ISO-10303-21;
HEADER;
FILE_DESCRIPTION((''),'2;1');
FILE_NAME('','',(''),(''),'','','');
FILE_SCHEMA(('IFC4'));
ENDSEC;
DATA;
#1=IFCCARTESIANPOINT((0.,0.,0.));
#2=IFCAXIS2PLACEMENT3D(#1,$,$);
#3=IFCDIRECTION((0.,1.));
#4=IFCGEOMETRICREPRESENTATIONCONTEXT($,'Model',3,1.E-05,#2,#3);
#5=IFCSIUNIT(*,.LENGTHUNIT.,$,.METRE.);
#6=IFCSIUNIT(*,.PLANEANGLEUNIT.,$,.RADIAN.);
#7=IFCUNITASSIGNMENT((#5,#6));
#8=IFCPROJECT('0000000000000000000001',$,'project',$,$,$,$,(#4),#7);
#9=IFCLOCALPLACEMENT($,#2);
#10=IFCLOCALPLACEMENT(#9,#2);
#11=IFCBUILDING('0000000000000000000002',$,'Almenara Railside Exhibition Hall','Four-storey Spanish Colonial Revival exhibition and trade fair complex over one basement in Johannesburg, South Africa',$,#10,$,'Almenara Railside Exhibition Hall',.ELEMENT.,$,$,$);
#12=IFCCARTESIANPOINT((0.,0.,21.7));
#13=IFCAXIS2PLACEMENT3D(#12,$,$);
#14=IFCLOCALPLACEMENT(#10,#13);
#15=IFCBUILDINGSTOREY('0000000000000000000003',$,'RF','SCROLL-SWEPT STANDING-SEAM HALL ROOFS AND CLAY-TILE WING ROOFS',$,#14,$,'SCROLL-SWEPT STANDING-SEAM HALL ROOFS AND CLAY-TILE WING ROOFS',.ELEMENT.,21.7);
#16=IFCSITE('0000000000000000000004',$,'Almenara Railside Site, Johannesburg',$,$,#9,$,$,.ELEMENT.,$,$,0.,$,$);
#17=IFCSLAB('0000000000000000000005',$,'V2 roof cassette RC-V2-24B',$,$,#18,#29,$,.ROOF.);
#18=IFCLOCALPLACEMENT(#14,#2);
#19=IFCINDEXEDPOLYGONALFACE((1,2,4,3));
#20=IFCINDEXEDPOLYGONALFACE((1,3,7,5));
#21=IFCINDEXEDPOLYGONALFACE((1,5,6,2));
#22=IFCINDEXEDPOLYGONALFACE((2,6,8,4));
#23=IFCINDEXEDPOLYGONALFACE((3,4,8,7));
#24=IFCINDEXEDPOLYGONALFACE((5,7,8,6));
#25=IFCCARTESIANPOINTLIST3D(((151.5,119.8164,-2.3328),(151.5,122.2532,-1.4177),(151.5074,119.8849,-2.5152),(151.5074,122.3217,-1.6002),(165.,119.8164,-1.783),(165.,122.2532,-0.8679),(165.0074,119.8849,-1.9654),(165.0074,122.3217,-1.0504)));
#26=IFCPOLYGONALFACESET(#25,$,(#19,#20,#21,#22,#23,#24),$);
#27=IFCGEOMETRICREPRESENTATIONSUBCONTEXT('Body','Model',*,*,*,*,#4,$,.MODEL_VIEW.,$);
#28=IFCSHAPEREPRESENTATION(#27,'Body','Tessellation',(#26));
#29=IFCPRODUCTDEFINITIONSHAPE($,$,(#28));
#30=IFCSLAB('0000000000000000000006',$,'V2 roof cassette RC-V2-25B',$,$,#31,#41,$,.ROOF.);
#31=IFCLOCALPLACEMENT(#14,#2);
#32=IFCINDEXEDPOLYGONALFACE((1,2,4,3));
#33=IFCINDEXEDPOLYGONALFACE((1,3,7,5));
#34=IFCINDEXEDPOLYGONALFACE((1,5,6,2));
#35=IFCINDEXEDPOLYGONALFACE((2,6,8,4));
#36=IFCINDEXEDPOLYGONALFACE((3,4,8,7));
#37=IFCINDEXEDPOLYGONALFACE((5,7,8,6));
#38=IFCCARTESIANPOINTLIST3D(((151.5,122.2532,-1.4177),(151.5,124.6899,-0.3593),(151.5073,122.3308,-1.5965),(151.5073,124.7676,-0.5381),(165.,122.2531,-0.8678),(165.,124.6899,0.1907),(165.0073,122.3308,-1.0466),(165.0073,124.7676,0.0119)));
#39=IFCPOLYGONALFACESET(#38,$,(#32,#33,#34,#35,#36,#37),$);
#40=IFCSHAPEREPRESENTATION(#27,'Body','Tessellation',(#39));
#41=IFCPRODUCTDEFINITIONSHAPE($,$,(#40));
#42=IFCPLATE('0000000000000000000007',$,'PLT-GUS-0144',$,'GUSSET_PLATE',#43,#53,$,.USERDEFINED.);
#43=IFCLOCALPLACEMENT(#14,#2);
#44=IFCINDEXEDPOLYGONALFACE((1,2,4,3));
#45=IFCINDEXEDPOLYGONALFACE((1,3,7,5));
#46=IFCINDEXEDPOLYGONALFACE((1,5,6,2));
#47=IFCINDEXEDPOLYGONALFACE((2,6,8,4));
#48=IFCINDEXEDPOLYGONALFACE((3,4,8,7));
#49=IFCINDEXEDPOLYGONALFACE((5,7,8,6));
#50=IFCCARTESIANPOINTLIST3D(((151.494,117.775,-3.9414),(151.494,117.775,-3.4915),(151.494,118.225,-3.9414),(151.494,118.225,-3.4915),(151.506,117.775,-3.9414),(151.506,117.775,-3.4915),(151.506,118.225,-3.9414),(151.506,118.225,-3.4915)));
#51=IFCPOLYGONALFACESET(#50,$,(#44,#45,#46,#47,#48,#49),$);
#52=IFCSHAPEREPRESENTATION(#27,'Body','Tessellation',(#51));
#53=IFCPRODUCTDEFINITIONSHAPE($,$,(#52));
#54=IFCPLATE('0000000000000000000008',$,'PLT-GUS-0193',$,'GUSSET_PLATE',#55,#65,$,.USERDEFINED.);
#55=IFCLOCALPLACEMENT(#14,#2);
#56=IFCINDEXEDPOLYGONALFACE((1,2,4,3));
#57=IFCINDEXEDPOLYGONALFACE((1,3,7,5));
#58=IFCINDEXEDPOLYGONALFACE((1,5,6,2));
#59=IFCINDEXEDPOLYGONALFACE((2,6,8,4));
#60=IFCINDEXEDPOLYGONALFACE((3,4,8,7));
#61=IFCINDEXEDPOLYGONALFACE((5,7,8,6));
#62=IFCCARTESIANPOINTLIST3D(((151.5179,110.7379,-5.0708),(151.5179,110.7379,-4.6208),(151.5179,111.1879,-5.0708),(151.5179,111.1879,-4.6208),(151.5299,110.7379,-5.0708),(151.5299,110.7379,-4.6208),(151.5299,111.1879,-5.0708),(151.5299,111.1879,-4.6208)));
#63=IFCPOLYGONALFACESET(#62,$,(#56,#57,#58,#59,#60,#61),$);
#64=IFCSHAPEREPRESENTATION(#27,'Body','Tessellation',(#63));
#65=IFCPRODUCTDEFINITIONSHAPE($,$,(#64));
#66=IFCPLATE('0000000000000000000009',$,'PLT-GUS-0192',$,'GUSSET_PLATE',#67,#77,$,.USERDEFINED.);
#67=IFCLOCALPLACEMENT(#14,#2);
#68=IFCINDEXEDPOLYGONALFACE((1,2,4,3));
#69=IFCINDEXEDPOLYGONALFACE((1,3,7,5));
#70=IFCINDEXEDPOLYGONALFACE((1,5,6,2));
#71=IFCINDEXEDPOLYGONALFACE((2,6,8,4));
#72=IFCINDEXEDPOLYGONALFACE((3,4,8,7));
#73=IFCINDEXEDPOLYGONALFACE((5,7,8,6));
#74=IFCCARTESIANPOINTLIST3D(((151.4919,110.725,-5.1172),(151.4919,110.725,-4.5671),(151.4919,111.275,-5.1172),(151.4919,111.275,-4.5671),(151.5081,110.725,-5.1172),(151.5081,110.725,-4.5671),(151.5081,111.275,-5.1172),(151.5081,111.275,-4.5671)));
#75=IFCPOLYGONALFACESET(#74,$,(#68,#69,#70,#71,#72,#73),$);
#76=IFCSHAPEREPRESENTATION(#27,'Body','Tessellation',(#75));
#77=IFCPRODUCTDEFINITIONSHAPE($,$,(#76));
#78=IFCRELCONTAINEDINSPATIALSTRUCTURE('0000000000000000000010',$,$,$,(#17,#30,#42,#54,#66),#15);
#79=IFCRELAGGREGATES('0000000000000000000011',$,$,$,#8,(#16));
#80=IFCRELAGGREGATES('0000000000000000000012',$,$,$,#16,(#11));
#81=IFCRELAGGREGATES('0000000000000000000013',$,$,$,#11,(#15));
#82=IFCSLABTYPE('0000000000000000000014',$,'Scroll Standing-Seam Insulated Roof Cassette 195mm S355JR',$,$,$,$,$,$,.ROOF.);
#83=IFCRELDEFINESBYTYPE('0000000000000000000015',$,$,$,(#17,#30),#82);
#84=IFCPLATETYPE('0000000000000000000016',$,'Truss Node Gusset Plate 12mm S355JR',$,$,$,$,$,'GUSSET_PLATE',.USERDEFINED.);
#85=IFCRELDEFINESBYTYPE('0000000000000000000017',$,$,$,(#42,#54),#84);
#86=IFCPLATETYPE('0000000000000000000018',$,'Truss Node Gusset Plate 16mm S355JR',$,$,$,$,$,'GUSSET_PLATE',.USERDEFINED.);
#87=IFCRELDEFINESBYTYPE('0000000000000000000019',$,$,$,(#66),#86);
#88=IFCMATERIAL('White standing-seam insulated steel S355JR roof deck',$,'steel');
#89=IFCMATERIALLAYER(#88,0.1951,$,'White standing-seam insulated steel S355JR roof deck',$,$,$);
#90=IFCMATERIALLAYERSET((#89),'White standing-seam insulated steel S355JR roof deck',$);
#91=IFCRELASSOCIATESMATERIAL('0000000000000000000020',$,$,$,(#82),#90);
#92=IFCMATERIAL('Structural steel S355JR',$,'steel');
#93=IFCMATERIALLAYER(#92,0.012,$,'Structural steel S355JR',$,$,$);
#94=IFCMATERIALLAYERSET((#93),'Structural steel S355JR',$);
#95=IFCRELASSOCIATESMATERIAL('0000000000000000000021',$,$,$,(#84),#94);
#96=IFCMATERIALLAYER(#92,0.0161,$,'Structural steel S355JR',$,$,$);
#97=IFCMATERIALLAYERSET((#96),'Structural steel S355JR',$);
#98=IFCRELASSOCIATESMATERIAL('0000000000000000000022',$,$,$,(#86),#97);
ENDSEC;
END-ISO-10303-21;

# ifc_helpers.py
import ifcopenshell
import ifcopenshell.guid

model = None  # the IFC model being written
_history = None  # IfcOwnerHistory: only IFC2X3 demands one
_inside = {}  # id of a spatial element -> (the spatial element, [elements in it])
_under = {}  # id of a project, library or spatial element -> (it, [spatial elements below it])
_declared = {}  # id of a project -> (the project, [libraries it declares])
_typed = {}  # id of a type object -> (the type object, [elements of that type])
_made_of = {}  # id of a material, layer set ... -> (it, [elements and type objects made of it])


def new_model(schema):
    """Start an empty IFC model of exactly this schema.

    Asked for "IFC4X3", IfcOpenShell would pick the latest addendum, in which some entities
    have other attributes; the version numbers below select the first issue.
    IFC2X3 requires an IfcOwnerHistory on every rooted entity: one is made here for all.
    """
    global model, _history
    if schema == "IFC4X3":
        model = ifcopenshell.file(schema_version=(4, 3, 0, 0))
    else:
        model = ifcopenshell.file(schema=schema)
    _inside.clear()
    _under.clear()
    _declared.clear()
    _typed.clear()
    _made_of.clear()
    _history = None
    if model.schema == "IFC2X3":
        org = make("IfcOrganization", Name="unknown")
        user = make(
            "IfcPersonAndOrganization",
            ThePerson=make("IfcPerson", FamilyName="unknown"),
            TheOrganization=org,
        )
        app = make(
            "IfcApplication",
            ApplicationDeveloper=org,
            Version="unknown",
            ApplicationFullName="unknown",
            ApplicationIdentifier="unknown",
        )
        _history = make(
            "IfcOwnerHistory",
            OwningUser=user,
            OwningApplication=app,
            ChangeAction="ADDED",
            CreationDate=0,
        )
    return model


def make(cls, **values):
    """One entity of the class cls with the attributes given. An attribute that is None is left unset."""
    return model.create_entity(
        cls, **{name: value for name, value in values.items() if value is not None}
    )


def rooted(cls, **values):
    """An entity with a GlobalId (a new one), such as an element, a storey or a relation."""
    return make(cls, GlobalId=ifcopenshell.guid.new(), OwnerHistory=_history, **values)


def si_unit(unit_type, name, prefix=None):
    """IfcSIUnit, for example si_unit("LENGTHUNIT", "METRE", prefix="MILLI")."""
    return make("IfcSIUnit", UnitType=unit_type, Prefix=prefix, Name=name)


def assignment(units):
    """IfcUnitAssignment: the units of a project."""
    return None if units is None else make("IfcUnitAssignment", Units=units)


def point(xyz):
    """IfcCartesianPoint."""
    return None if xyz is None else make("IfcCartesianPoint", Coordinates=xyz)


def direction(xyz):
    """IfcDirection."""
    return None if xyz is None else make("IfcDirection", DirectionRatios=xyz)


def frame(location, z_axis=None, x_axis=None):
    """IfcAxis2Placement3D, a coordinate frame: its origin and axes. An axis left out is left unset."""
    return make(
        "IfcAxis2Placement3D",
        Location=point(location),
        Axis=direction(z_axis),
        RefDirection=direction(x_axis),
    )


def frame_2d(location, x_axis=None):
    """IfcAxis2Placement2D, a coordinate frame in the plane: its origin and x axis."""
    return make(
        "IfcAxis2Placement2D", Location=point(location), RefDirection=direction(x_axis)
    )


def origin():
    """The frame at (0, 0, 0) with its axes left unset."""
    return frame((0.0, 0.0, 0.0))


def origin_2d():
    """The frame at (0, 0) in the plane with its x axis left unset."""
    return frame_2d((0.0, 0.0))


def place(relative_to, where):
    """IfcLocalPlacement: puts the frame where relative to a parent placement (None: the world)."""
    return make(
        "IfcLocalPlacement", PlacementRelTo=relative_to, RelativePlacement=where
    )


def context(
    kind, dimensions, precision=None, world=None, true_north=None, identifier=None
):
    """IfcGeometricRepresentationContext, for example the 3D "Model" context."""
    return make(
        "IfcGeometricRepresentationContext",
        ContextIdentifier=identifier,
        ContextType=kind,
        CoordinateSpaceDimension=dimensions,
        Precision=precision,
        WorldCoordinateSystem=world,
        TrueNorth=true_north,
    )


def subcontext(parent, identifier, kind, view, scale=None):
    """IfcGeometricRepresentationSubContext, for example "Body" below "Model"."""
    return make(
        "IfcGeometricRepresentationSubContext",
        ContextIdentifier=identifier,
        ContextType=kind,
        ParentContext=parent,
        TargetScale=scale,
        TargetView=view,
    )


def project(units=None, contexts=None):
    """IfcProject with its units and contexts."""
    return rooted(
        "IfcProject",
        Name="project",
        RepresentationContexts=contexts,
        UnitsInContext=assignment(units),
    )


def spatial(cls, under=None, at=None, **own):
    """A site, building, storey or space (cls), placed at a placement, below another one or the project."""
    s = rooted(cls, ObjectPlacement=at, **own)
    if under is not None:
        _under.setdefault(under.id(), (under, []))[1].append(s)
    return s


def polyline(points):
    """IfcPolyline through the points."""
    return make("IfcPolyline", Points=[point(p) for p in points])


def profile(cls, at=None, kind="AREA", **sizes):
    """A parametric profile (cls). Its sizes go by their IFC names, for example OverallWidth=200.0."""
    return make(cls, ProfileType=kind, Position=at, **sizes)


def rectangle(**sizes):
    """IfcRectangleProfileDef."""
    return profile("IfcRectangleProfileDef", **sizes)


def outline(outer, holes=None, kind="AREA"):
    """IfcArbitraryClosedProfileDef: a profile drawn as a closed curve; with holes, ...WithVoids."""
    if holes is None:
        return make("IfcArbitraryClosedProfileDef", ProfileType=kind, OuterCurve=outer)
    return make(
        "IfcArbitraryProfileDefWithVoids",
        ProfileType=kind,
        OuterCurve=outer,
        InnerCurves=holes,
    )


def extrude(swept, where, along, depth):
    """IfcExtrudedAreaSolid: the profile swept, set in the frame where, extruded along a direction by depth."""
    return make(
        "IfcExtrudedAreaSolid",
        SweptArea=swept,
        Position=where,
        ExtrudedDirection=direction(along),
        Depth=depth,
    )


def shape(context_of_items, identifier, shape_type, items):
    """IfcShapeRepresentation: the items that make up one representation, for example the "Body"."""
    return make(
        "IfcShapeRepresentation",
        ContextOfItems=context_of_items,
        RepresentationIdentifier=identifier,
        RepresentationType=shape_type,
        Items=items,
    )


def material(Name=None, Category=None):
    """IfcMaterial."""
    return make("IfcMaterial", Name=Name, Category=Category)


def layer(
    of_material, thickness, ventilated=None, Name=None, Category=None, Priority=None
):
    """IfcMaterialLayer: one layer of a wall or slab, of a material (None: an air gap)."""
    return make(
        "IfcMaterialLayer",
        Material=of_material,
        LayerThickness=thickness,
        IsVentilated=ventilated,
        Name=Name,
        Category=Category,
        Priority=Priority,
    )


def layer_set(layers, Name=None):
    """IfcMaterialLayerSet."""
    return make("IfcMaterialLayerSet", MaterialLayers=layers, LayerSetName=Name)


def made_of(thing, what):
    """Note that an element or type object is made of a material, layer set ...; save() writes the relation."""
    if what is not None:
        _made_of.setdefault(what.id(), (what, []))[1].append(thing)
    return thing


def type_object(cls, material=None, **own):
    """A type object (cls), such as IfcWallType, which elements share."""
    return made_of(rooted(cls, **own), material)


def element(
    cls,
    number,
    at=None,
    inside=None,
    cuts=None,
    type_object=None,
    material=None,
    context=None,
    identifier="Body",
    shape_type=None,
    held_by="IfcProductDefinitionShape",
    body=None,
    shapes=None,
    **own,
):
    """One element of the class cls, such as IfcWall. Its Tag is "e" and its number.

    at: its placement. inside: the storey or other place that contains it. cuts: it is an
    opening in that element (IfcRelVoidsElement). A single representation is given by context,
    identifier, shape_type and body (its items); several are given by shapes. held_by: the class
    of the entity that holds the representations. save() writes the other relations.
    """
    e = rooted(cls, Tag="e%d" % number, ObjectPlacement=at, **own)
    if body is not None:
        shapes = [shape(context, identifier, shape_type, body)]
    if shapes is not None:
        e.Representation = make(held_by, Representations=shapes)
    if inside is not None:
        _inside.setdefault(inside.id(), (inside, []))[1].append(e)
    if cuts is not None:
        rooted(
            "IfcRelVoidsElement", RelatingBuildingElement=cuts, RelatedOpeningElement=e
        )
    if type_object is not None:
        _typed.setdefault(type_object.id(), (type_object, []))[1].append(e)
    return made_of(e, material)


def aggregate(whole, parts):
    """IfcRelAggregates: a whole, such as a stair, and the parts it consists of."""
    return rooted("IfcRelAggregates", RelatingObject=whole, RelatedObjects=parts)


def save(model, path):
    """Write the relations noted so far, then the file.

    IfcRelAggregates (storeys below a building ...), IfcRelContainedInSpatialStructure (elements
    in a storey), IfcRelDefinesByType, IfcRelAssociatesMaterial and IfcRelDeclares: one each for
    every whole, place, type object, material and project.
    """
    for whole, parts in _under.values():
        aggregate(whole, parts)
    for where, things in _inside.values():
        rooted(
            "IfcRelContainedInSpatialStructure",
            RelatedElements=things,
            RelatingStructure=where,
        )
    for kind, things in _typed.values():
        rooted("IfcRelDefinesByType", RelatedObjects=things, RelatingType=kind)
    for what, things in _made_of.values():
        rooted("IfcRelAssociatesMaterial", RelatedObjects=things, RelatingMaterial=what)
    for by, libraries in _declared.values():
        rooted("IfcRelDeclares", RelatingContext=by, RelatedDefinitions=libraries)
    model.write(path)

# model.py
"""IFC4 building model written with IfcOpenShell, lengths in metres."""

from ifc_helpers import new_model, si_unit, direction, frame, origin, origin_2d, place, context, subcontext, project, spatial, polyline, rectangle, outline, extrude, material, layer, layer_set, type_object, element, save


model = new_model("IFC4")

# Units and contexts
model_context = context("Model", 3, precision=1e-05, world=origin(), true_north=direction((0.0, 1.0)))
body_context = subcontext(model_context, "Body", "Model", "MODEL_VIEW")
ifc_project = project(units=[si_unit("LENGTHUNIT", "METRE"), si_unit("PLANEANGLEUNIT", "RADIAN")], contexts=[model_context])

# Site, building, storey
site_placement = place(None, origin())
site = spatial("IfcSite", under=ifc_project, at=site_placement, Name="Almenara Railside Site, Johannesburg", CompositionType="ELEMENT", RefElevation=0.0)
building_placement = place(site_placement, origin())
building = spatial("IfcBuilding", under=site, at=building_placement, Name="Almenara Railside Exhibition Hall", Description="Four-storey Spanish Colonial Revival exhibition and trade fair complex over one basement in Johannesburg, South Africa", LongName="Almenara Railside Exhibition Hall", CompositionType="ELEMENT")
storey_placement = place(building_placement, frame((0.0, 0.0, 21.7)))
storey = spatial("IfcBuildingStorey", under=building, at=storey_placement, Name="RF", Description="SCROLL-SWEPT STANDING-SEAM HALL ROOFS AND CLAY-TILE WING ROOFS", LongName="SCROLL-SWEPT STANDING-SEAM HALL ROOFS AND CLAY-TILE WING ROOFS", CompositionType="ELEMENT", Elevation=21.7)

# Shared definitions
ifc_material_1 = material(Name="Structural steel S355JR", Category="steel")

# Slabs
ifc_material_2 = material(Name="White standing-seam insulated steel S355JR roof deck", Category="steel")
ifc_layer_1 = layer(ifc_material_2, 0.1951, Name="White standing-seam insulated steel S355JR roof deck")
ifc_layer_set_1 = layer_set([ifc_layer_1], Name="White standing-seam insulated steel S355JR roof deck")
slab_type = type_object("IfcSlabType", Name="Scroll Standing-Seam Insulated Roof Cassette 195mm S355JR", PredefinedType="ROOF", material=ifc_layer_set_1)
slab_1_placement = place(storey_placement, frame((151.5, 119.8164, -2.3328), z_axis=(-0.038099, -0.35129, 0.935491), x_axis=(0.999172, 0.0, 0.040693)))
element("IfcSlab", 1, at=slab_1_placement, inside=storey, type_object=slab_type, Name="V2 roof cassette RC-V2-24B", PredefinedType="ROOF", context=body_context, shape_type="SweptSolid", body=[
    extrude(outline(polyline([(0.0, 0.0), (13.5112, 0.0), (13.5484, 2.6026), (0.0372, 2.6026), (0.0, 0.0)])), origin(), (0.0, 0.0, -1.0), 0.1951),
])
slab_2_placement = place(storey_placement, frame((151.5, 122.2532, -1.4177), z_axis=(-0.037337, -0.398134, 0.916567), x_axis=(0.999171, -0.000003, 0.0407)))
element("IfcSlab", 2, at=slab_2_placement, inside=storey, type_object=slab_type, Name="V2 roof cassette RC-V2-25B", PredefinedType="ROOF", context=body_context, shape_type="SweptSolid", body=[
    extrude(outline(polyline([(0.0, 0.0), (13.5112, 0.0), (13.5543, 2.6564), (0.0431, 2.6563), (0.0, 0.0)])), origin(), (0.0, 0.0, -1.0), 0.1951),
])

# Plates
ifc_layer_2 = layer(ifc_material_1, 0.012, Name="Structural steel S355JR")
ifc_layer_set_2 = layer_set([ifc_layer_2], Name="Structural steel S355JR")
plate_type_1 = type_object("IfcPlateType", Name="Truss Node Gusset Plate 12mm S355JR", ElementType="GUSSET_PLATE", PredefinedType="USERDEFINED", material=ifc_layer_set_2)
for number, where, z_axis, x_axis, name in (
    (3, (151.5, 118.0, -3.9414), (0.0, 0.0, 1.0), (0.0, 1.0, 0.0), "PLT-GUS-0144"),
    (4, (151.5239, 110.9629, -5.0708), (0.0, 0.0, 1.0), (0.0, 1.0, 0.0), "PLT-GUS-0193"),
):
    element("IfcPlate", number, at=place(storey_placement, frame(where, z_axis=z_axis, x_axis=x_axis)), inside=storey, type_object=plate_type_1, Name=name, ObjectType="GUSSET_PLATE", PredefinedType="USERDEFINED", context=body_context, shape_type="SweptSolid", body=[
        extrude(rectangle(XDim=0.45, YDim=0.012, at=origin_2d()), origin(), (0.0, 0.0, 1.0), 0.45),
    ])
ifc_layer_3 = layer(ifc_material_1, 0.0161, Name="Structural steel S355JR")
ifc_layer_set_3 = layer_set([ifc_layer_3], Name="Structural steel S355JR")
plate_type_2 = type_object("IfcPlateType", Name="Truss Node Gusset Plate 16mm S355JR", ElementType="GUSSET_PLATE", PredefinedType="USERDEFINED", material=ifc_layer_set_3)
plate_placement = place(storey_placement, frame((151.5, 111.0, -5.1172), z_axis=(0.0, 0.0, 1.0), x_axis=(0.0, 1.0, 0.0)))
element("IfcPlate", 5, at=plate_placement, inside=storey, type_object=plate_type_2, Name="PLT-GUS-0192", ObjectType="GUSSET_PLATE", PredefinedType="USERDEFINED", context=body_context, shape_type="SweptSolid", body=[
    extrude(rectangle(XDim=0.55, YDim=0.0161, at=origin_2d()), origin(), (0.0, 0.0, 1.0), 0.55),
])

save(model, "model.ifc")
